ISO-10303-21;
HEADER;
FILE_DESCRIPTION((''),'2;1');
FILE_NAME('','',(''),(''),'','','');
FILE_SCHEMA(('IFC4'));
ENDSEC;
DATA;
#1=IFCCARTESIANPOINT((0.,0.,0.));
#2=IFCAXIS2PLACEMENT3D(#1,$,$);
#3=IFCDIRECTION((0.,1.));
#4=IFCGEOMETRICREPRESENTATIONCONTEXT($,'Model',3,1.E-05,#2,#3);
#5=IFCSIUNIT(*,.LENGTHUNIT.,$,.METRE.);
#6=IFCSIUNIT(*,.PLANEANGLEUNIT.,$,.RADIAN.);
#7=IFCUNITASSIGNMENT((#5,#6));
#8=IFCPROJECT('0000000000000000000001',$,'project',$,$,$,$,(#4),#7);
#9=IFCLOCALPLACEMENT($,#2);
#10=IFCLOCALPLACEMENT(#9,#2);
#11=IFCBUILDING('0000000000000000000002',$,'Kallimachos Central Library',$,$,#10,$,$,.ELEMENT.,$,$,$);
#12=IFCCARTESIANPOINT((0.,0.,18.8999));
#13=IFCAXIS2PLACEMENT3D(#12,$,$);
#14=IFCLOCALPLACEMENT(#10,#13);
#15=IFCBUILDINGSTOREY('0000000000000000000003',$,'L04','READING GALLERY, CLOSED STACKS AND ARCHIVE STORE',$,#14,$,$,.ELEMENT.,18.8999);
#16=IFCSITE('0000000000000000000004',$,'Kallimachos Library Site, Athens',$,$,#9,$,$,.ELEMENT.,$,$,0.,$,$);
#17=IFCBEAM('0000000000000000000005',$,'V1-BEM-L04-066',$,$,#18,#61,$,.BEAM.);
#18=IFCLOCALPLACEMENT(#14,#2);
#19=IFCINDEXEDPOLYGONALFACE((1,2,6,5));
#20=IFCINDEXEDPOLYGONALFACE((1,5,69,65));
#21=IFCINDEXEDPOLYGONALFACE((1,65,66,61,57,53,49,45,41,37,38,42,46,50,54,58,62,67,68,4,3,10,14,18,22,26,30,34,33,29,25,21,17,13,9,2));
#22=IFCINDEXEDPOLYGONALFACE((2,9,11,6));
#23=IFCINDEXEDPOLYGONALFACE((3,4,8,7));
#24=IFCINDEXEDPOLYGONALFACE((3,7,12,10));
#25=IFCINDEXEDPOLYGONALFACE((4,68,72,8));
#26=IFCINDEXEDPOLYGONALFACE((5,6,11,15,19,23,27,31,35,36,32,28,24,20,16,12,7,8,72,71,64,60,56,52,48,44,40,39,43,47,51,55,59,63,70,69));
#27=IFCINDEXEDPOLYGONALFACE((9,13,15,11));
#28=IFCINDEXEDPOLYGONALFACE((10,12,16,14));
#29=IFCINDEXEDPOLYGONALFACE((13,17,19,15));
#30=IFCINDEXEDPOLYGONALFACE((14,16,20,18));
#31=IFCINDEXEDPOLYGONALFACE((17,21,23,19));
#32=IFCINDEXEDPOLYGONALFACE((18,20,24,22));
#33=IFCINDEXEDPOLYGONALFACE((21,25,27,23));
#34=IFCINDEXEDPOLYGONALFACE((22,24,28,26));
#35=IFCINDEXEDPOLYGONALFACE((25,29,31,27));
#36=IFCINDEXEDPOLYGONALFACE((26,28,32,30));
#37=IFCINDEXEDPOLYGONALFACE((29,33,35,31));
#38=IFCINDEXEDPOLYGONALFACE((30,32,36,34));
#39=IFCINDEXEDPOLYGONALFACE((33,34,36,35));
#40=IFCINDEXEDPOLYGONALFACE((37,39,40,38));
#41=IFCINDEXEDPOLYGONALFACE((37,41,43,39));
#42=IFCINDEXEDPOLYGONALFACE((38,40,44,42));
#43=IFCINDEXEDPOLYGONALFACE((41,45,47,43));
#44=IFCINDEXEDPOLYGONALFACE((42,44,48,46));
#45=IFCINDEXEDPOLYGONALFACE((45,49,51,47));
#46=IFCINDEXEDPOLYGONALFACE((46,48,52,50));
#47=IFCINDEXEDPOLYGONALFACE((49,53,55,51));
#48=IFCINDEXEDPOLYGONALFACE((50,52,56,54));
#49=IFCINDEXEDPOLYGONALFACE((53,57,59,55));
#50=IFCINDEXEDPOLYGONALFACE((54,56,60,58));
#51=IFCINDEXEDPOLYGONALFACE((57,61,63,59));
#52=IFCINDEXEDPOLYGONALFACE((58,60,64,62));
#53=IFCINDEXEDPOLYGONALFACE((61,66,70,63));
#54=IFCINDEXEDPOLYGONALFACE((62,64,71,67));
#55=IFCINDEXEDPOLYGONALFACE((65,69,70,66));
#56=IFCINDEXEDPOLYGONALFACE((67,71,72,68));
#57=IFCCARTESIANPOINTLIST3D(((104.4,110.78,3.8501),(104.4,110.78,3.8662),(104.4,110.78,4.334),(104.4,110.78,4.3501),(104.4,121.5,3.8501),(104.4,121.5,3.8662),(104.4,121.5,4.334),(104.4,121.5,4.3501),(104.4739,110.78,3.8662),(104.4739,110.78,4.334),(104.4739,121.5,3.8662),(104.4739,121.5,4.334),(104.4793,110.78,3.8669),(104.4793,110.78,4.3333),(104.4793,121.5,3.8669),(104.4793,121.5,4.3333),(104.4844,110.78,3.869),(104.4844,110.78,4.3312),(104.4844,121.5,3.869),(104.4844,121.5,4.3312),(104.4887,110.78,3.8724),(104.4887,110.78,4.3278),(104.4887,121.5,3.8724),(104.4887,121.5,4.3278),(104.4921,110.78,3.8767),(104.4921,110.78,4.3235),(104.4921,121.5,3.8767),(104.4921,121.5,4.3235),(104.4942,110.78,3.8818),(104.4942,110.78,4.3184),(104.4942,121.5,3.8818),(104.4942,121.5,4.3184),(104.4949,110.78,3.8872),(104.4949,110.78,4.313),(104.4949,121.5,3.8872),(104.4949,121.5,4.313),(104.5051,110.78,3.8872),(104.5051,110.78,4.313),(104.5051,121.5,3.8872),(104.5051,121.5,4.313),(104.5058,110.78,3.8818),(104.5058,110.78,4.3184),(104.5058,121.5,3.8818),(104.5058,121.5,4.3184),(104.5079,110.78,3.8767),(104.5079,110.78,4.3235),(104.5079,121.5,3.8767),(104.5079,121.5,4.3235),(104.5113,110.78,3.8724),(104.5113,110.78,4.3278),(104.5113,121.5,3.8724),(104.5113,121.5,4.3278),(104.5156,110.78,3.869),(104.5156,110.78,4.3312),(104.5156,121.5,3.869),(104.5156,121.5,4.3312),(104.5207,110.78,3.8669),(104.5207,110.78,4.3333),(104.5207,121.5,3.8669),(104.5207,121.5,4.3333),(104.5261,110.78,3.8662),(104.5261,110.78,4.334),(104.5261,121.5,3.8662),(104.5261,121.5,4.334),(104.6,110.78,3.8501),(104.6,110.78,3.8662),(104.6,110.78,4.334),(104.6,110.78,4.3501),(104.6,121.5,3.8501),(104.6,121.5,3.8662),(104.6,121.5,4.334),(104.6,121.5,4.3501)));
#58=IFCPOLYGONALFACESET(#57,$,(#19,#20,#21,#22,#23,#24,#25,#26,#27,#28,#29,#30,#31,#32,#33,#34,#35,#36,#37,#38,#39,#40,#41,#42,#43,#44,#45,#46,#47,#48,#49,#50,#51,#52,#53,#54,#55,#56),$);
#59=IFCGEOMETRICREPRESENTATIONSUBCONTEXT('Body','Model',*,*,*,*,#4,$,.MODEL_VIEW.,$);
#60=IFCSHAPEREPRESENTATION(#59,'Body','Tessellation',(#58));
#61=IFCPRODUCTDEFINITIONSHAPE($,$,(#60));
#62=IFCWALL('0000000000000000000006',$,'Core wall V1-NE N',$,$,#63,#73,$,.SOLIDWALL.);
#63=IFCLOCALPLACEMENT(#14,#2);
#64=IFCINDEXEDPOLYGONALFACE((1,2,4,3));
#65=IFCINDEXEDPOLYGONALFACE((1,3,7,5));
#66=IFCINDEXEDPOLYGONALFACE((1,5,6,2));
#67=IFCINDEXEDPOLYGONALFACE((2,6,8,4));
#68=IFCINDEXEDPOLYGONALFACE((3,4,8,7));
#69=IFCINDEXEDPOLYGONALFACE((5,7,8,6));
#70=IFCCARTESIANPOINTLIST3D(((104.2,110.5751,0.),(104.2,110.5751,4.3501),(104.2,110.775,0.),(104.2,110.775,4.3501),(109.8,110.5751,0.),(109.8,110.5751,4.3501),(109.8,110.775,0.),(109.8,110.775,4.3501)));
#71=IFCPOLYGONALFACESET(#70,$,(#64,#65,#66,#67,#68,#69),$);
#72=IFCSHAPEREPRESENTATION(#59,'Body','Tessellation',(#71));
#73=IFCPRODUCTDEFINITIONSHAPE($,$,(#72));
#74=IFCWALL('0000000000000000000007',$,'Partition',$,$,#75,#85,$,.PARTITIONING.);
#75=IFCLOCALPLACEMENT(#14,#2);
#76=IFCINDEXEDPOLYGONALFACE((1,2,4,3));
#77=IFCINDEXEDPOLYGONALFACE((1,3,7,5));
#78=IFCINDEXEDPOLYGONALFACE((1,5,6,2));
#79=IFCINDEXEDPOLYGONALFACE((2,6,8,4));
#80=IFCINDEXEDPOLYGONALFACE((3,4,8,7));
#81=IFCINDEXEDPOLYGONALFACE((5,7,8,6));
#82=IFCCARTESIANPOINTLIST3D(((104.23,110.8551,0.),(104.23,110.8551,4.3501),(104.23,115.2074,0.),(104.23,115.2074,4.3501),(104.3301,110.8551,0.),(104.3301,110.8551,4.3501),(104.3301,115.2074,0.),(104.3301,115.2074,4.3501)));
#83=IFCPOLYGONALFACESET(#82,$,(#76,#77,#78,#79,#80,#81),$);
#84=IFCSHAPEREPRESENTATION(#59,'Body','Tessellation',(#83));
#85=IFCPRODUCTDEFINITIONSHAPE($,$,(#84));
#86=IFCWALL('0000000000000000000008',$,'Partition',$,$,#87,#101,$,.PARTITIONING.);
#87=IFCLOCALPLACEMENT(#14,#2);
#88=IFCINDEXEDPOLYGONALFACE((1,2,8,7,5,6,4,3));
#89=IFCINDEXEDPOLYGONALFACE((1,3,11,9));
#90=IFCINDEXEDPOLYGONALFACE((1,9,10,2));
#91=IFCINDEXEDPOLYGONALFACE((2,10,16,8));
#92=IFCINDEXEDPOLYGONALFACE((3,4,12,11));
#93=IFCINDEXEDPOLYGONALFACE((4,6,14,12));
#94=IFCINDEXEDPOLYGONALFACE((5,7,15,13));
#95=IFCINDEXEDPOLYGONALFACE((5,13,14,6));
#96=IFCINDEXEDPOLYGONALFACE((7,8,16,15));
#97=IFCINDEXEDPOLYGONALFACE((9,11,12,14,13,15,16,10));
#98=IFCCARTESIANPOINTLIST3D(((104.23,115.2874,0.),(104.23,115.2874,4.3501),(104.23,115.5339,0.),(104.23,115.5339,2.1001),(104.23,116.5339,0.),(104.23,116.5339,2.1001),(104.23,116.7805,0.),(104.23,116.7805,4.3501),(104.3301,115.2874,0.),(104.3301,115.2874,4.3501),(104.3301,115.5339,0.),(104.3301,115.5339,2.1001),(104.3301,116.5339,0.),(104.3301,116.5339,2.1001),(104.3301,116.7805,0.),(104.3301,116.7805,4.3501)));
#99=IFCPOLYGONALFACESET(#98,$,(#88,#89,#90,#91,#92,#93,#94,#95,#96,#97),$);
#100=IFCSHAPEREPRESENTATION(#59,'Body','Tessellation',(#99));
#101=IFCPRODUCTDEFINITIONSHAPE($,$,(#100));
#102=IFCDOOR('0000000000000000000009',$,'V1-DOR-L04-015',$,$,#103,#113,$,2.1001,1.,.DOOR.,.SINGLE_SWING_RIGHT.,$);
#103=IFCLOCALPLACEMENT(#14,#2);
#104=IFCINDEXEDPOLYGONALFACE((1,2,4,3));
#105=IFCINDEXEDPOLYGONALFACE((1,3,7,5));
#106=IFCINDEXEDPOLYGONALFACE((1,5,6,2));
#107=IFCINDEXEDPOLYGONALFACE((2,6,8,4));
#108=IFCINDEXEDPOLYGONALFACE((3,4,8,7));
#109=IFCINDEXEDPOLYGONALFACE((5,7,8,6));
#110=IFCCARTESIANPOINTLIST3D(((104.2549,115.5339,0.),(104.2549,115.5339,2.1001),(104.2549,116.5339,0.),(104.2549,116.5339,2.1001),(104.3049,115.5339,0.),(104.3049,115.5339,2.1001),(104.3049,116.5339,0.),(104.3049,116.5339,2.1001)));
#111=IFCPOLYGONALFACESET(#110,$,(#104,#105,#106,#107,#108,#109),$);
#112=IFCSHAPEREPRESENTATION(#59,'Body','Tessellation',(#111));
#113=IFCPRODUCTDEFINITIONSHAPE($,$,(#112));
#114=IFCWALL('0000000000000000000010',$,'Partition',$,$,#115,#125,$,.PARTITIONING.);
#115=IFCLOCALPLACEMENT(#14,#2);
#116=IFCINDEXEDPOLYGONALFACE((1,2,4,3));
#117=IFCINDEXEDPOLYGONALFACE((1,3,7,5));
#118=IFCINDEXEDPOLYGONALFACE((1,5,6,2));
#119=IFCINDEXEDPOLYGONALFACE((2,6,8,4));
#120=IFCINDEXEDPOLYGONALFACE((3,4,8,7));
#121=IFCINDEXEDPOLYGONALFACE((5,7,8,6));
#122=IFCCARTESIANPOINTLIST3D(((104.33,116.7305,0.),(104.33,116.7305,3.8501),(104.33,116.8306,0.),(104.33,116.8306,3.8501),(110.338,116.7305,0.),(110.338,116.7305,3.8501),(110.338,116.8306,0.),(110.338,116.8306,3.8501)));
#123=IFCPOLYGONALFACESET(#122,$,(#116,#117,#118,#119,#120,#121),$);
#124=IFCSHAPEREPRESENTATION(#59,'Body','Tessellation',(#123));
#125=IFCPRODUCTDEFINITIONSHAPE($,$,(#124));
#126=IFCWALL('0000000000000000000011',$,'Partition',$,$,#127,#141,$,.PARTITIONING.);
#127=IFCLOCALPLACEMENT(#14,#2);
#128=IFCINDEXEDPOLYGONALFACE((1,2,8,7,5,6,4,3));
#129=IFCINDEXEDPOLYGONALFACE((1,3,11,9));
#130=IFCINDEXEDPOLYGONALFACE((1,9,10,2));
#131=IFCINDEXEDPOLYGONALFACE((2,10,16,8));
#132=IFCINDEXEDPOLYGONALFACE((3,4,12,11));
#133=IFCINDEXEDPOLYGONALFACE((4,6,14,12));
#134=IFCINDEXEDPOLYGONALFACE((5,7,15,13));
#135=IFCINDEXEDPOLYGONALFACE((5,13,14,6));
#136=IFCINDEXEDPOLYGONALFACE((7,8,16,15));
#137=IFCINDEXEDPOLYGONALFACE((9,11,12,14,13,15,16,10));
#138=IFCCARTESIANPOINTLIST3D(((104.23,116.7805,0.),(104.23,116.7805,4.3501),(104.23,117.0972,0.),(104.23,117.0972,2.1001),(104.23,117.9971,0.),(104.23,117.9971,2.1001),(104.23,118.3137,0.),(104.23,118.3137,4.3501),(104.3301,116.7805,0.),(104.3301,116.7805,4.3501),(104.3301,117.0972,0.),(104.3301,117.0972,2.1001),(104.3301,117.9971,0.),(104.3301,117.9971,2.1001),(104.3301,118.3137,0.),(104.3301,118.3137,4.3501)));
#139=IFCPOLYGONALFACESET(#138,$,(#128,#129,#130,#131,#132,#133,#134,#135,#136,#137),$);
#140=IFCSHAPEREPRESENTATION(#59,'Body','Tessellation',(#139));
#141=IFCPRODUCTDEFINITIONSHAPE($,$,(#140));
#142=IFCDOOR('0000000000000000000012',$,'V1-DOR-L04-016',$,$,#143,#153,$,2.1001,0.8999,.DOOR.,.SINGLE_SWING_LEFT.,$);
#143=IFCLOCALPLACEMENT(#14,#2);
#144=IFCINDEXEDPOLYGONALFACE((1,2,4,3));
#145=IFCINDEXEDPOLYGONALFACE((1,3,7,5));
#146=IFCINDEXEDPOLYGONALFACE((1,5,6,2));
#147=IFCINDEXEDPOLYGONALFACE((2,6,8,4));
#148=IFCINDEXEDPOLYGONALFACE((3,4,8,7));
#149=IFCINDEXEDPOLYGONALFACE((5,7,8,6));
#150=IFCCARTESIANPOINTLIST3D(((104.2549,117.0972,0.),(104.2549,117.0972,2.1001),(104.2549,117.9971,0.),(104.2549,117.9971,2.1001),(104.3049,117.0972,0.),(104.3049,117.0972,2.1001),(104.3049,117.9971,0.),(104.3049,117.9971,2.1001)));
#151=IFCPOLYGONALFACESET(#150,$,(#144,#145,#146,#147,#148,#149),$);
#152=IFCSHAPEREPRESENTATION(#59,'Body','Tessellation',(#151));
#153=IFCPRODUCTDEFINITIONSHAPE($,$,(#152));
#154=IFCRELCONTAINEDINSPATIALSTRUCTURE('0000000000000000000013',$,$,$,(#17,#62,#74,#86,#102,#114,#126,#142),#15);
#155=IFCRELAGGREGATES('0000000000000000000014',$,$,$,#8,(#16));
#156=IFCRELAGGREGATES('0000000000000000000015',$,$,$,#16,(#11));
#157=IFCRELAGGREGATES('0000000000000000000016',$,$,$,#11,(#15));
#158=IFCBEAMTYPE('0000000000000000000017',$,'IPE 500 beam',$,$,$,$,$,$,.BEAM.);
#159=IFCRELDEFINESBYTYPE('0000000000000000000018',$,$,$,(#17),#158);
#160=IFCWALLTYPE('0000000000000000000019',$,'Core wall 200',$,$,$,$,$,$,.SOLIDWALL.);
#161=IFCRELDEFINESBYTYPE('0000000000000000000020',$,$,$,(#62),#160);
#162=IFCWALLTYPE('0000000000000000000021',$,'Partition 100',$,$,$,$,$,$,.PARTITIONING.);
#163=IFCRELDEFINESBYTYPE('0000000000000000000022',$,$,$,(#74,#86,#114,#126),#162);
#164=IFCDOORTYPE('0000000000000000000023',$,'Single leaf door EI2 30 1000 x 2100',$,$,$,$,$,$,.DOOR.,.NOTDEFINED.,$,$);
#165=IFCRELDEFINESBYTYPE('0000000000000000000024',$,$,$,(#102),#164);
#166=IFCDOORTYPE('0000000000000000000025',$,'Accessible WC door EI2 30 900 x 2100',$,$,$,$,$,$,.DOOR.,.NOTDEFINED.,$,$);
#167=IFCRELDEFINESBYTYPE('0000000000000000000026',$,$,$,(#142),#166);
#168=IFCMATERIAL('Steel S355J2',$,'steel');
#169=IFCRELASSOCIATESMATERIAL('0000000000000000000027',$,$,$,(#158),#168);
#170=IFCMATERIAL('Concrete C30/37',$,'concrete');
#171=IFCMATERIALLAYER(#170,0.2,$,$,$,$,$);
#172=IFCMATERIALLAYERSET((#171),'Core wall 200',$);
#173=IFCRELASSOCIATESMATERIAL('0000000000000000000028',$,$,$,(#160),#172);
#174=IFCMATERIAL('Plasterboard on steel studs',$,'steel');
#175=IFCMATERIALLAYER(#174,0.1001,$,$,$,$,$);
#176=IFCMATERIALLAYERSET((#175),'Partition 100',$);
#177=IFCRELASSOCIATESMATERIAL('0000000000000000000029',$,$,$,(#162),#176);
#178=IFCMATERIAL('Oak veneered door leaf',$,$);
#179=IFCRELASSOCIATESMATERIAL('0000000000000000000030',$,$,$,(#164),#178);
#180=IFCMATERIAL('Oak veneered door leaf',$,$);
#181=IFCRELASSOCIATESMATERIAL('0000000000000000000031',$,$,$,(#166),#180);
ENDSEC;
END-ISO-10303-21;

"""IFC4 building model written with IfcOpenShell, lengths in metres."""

from ifc_helpers import new_model, si_unit, direction, frame, frame_2d, origin, origin_2d, place, context, subcontext, project, spatial, rectangle, i_section, extrude, material, layer, layer_set, material_profile, profile_set, type_object, element, fill, save


model = new_model("IFC4")

# Units and contexts
model_context = context("Model", 3, precision=1e-05, world=origin(), true_north=direction((0.0, 1.0)))
body_context = subcontext(model_context, "Body", "Model", "MODEL_VIEW")
ifc_project = project(units=[si_unit("LENGTHUNIT", "METRE"), si_unit("PLANEANGLEUNIT", "RADIAN")], contexts=[model_context])

# Site, building, storey
site_placement = place(None, origin())
site = spatial("IfcSite", under=ifc_project, at=site_placement, Name="Kallimachos Library Site, Athens", CompositionType="ELEMENT", RefElevation=0.0)
building_placement = place(site_placement, origin())
building = spatial("IfcBuilding", under=site, at=building_placement, Name="Kallimachos Central Library", CompositionType="ELEMENT")
storey_placement = place(building_placement, frame((0.0, 0.0, 18.8999)))
storey = spatial("IfcBuildingStorey", under=building, at=storey_placement, Name="L04", Description="READING GALLERY, CLOSED STACKS AND ARCHIVE STORE", CompositionType="ELEMENT", Elevation=18.8999)

# Beam
ifc_material_1 = material(Name="Steel S355J2", Category="steel")
ifc_material_profile_1 = material_profile(ifc_material_1, i_section(OverallWidth=0.2, OverallDepth=0.5, WebThickness=0.0103, FlangeThickness=0.0161, FilletRadius=0.021, at=origin_2d()), Name="IPE 500")
ifc_profile_set_1 = profile_set([ifc_material_profile_1], Name="Steel S355J2")
beam_type_1 = type_object("IfcBeamType", Name="IPE 500 beam", PredefinedType="BEAM", material=ifc_profile_set_1)
beam_1_placement = place(storey_placement, frame((104.5, 110.78, 4.1001), z_axis=(0.0, 1.0, 0.0), x_axis=(-1.0, 0.0, 0.0)))
element("IfcBeam", 1, at=beam_1_placement, inside=storey, type_object=beam_type_1, Name="V1-BEM-L04-066", PredefinedType="BEAM", context=body_context, shape_type="SweptSolid", body=[
    extrude(i_section(OverallWidth=0.2, OverallDepth=0.5, WebThickness=0.0103, FlangeThickness=0.0161, FilletRadius=0.021, at=origin_2d()), origin(), (0.0, 0.0, 1.0), 10.72),
])

# Walls
ifc_material_2 = material(Name="Concrete C30/37", Category="concrete")
ifc_layer_1 = layer(ifc_material_2, 0.2)
ifc_layer_set_1 = layer_set([ifc_layer_1], Name="Core wall 200")
wall_type_1 = type_object("IfcWallType", Name="Core wall 200", PredefinedType="SOLIDWALL", material=ifc_layer_set_1)
wall_1_placement = place(storey_placement, frame((104.2, 110.675, 0.0), z_axis=(0.0, 0.0, 1.0), x_axis=(1.0, 0.0, 0.0)))
element("IfcWall", 2, at=wall_1_placement, inside=storey, type_object=wall_type_1, Name="Core wall V1-NE N", PredefinedType="SOLIDWALL", context=body_context, shape_type="SweptSolid", body=[
    extrude(rectangle(XDim=5.6001, YDim=0.2, at=frame_2d((2.8, 0.0))), origin(), (0.0, 0.0, 1.0), 4.3501),
])
ifc_material_3 = material(Name="Plasterboard on steel studs", Category="steel")
ifc_layer_2 = layer(ifc_material_3, 0.1001)
ifc_layer_set_2 = layer_set([ifc_layer_2], Name="Partition 100")
wall_type_2 = type_object("IfcWallType", Name="Partition 100", PredefinedType="PARTITIONING", material=ifc_layer_set_2)
wall_2_placement = place(storey_placement, frame((104.28, 110.855, 0.0), z_axis=(0.0, 0.0, 1.0), x_axis=(0.0, 1.0, 0.0)))
element("IfcWall", 3, at=wall_2_placement, inside=storey, type_object=wall_type_2, Name="Partition", PredefinedType="PARTITIONING", context=body_context, shape_type="SweptSolid", body=[
    extrude(rectangle(XDim=4.3523, YDim=0.1001, at=frame_2d((2.1763, 0.0))), origin(), (0.0, 0.0, 1.0), 4.3501),
])

# Wall, opening, door
wall_3_placement = place(storey_placement, frame((104.28, 115.2874, 0.0), z_axis=(0.0, 0.0, 1.0), x_axis=(0.0, 1.0, 0.0)))
wall_3 = element("IfcWall", 4, at=wall_3_placement, inside=storey, type_object=wall_type_2, Name="Partition", PredefinedType="PARTITIONING", context=body_context, shape_type="SweptSolid", body=[
    extrude(rectangle(XDim=1.4932, YDim=0.1001, at=frame_2d((0.7466, 0.0))), origin(), (0.0, 0.0, 1.0), 4.3501),
])
opening_1_placement = place(wall_3_placement, frame((0.2466, 0.0, 0.0)))
opening_1 = element("IfcOpeningElement", 5, at=opening_1_placement, cuts=wall_3, PredefinedType="OPENING", context=body_context, shape_type="SweptSolid", body=[
    extrude(rectangle(XDim=1.0, YDim=2.1001, at=frame_2d((0.5, 1.05))), frame((0.0, 0.0601, 0.0), z_axis=(0.0, -1.0, 0.0), x_axis=(1.0, 0.0, 0.0)), (0.0, 0.0, 1.0), 0.1201),
])
ifc_material_4 = material(Name="Oak veneered door leaf")
door_type_1 = type_object("IfcDoorType", Name="Single leaf door EI2 30 1000 x 2100", OperationType="NOTDEFINED", PredefinedType="DOOR", material=ifc_material_4)
door_1_placement = place(opening_1_placement, frame((1.0, 0.0, 0.0), z_axis=(0.0, 0.0, 1.0), x_axis=(-1.0, 0.0, 0.0)))
door_1 = element("IfcDoor", 6, at=door_1_placement, inside=storey, type_object=door_type_1, Name="V1-DOR-L04-015", OperationType="SINGLE_SWING_RIGHT", OverallHeight=2.1001, OverallWidth=1.0, PredefinedType="DOOR", context=body_context, shape_type="SweptSolid", body=[
    extrude(rectangle(XDim=1.0, YDim=2.1001, at=frame_2d((0.5, 1.05))), frame((0.0, 0.0249, 0.0), z_axis=(0.0, -1.0, 0.0), x_axis=(1.0, 0.0, 0.0)), (0.0, 0.0, 1.0), 0.05),
])
fill(opening_1, door_1)

# Wall
wall_4_placement = place(storey_placement, frame((104.3301, 116.7805, 0.0), z_axis=(0.0, 0.0, 1.0), x_axis=(1.0, 0.0, 0.0)))
element("IfcWall", 7, at=wall_4_placement, inside=storey, type_object=wall_type_2, Name="Partition", PredefinedType="PARTITIONING", context=body_context, shape_type="SweptSolid", body=[
    extrude(rectangle(XDim=6.0081, YDim=0.1001, at=frame_2d((3.0039, 0.0))), origin(), (0.0, 0.0, 1.0), 3.8501),
])

# Wall, opening, door
wall_5_placement = place(storey_placement, frame((104.28, 116.7805, 0.0), z_axis=(0.0, 0.0, 1.0), x_axis=(0.0, 1.0, 0.0)))
wall_5 = element("IfcWall", 8, at=wall_5_placement, inside=storey, type_object=wall_type_2, Name="Partition", PredefinedType="PARTITIONING", context=body_context, shape_type="SweptSolid", body=[
    extrude(rectangle(XDim=1.5332, YDim=0.1001, at=frame_2d((0.7666, 0.0))), origin(), (0.0, 0.0, 1.0), 4.3501),
])
opening_2_placement = place(wall_5_placement, frame((0.3167, 0.0, 0.0)))
opening_2 = element("IfcOpeningElement", 9, at=opening_2_placement, cuts=wall_5, PredefinedType="OPENING", context=body_context, shape_type="SweptSolid", body=[
    extrude(rectangle(XDim=0.8999, YDim=2.1001, at=frame_2d((0.45, 1.05))), frame((0.0, 0.0601, 0.0), z_axis=(0.0, -1.0, 0.0), x_axis=(1.0, 0.0, 0.0)), (0.0, 0.0, 1.0), 0.1201),
])
ifc_material_5 = material(Name="Oak veneered door leaf")
door_type_2 = type_object("IfcDoorType", Name="Accessible WC door EI2 30 900 x 2100", OperationType="NOTDEFINED", PredefinedType="DOOR", material=ifc_material_5)
door_2_placement = place(opening_2_placement, frame((0.8999, 0.0, 0.0), z_axis=(0.0, 0.0, 1.0), x_axis=(-1.0, 0.0, 0.0)))
door_2 = element("IfcDoor", 10, at=door_2_placement, inside=storey, type_object=door_type_2, Name="V1-DOR-L04-016", OperationType="SINGLE_SWING_LEFT", OverallHeight=2.1001, OverallWidth=0.8999, PredefinedType="DOOR", context=body_context, shape_type="SweptSolid", body=[
    extrude(rectangle(XDim=0.8999, YDim=2.1001, at=frame_2d((0.45, 1.05))), frame((0.0, 0.0249, 0.0), z_axis=(0.0, -1.0, 0.0), x_axis=(1.0, 0.0, 0.0)), (0.0, 0.0, 1.0), 0.05),
])
fill(opening_2, door_2)

save(model, "model.ifc")
